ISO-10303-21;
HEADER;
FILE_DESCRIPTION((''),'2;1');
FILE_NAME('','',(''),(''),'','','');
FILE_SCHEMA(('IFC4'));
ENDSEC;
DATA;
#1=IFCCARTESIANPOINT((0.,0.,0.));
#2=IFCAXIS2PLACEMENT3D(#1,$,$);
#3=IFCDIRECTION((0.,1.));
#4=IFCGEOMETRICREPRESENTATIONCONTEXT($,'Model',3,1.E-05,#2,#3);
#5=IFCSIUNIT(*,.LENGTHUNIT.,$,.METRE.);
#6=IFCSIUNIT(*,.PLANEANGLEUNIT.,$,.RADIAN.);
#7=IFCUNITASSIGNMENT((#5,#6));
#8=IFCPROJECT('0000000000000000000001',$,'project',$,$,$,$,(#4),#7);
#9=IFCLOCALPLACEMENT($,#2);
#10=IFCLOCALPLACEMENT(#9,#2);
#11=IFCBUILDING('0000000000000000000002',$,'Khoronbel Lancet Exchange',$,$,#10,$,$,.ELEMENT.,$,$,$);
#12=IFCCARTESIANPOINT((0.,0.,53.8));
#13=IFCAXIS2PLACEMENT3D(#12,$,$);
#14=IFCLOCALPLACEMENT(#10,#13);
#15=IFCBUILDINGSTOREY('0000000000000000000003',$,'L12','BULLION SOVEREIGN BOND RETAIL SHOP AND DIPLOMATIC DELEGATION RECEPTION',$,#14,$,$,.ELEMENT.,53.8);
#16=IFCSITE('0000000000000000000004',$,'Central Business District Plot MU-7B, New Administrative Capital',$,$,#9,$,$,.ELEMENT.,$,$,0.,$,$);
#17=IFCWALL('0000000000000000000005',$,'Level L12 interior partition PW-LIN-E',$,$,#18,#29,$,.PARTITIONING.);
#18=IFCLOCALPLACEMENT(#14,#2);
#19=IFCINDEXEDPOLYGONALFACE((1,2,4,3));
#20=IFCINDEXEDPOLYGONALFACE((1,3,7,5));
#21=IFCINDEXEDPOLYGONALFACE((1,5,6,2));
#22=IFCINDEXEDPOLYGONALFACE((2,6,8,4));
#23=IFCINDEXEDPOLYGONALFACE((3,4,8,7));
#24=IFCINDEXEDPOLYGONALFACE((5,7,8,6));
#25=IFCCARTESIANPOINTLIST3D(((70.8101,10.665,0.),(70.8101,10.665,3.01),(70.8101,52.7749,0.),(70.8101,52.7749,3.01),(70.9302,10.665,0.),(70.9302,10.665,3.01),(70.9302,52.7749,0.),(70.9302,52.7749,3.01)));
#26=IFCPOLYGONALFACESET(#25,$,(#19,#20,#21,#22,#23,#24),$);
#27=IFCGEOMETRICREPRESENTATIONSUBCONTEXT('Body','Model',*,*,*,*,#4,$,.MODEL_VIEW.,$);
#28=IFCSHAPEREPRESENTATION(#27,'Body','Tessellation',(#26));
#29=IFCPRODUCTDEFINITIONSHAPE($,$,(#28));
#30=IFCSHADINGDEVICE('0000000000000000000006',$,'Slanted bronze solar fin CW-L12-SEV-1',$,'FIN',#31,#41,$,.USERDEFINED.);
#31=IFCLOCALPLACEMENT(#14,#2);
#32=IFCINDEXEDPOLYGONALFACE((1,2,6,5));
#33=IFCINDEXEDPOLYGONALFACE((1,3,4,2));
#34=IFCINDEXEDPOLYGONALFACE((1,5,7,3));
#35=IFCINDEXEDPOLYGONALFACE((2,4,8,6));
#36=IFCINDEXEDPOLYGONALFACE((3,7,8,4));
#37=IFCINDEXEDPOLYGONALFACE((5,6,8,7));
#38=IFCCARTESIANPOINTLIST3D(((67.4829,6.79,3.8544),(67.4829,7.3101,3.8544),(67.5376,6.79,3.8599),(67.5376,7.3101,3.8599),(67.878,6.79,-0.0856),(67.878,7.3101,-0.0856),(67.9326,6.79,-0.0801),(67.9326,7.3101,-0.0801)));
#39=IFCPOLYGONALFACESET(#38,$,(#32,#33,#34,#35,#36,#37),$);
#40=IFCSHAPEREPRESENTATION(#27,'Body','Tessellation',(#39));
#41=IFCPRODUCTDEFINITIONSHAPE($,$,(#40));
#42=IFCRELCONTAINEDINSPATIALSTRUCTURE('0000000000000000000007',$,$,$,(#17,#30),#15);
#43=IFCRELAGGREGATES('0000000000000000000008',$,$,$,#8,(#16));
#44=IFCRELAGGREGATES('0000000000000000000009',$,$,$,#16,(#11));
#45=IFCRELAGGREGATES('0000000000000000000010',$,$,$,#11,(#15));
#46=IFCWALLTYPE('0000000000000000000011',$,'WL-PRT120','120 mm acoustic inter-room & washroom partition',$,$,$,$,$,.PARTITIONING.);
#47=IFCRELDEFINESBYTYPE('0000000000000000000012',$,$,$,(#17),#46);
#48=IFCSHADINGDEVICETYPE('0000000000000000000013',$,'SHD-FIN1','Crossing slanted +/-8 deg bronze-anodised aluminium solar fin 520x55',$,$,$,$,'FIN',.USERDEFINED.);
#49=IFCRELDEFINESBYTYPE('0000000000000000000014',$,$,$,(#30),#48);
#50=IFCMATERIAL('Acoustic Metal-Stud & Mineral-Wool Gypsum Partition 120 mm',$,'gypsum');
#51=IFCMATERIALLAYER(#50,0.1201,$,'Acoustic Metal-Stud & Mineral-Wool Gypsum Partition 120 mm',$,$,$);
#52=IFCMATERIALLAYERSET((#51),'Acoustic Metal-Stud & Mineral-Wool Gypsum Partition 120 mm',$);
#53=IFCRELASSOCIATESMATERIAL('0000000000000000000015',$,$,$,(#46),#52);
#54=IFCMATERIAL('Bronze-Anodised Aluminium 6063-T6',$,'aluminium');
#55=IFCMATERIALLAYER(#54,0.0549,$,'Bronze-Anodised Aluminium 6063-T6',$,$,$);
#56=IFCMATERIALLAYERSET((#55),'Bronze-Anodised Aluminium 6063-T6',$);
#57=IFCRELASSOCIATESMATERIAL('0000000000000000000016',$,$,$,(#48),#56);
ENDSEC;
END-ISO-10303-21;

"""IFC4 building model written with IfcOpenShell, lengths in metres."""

from ifc_helpers import new_model, si_unit, direction, frame, frame_2d, origin, place, context, subcontext, project, spatial, polyline, rectangle, outline, extrude, material, layer, layer_set, type_object, element, save


model = new_model("IFC4")

# Units and contexts
model_context = context("Model", 3, precision=1e-05, world=origin(), true_north=direction((0.0, 1.0)))
body_context = subcontext(model_context, "Body", "Model", "MODEL_VIEW")
ifc_project = project(units=[si_unit("LENGTHUNIT", "METRE"), si_unit("PLANEANGLEUNIT", "RADIAN")], contexts=[model_context])

# Site, building, storey
site_placement = place(None, origin())
site = spatial("IfcSite", under=ifc_project, at=site_placement, Name="Central Business District Plot MU-7B, New Administrative Capital", CompositionType="ELEMENT", RefElevation=0.0)
building_placement = place(site_placement, origin())
building = spatial("IfcBuilding", under=site, at=building_placement, Name="Khoronbel Lancet Exchange", CompositionType="ELEMENT")
storey_placement = place(building_placement, frame((0.0, 0.0, 53.8)))
storey = spatial("IfcBuildingStorey", under=building, at=storey_placement, Name="L12", Description="BULLION SOVEREIGN BOND RETAIL SHOP AND DIPLOMATIC DELEGATION RECEPTION", CompositionType="ELEMENT", Elevation=53.8)

# Shared definitions
ifc_material_1 = material(Name="Bronze-Anodised Aluminium 6063-T6", Category="aluminium")

# Wall
ifc_material_2 = material(Name="Acoustic Metal-Stud & Mineral-Wool Gypsum Partition 120 mm", Category="gypsum")
ifc_layer_1 = layer(ifc_material_2, 0.1201, Name="Acoustic Metal-Stud & Mineral-Wool Gypsum Partition 120 mm")
ifc_layer_set_1 = layer_set([ifc_layer_1], Name="Acoustic Metal-Stud & Mineral-Wool Gypsum Partition 120 mm")
wall_type_1 = type_object("IfcWallType", Name="WL-PRT120", Description="120 mm acoustic inter-room & washroom partition", PredefinedType="PARTITIONING", material=ifc_layer_set_1)
wall_1_placement = place(storey_placement, frame((70.8701, 10.665, 0.0), z_axis=(0.0, 0.0, 1.0), x_axis=(0.0, 1.0, 0.0)))
element("IfcWall", 1, at=wall_1_placement, inside=storey, type_object=wall_type_1, Name="Level L12 interior partition PW-LIN-E", PredefinedType="PARTITIONING", context=body_context, shape_type="SweptSolid", body=[
    extrude(rectangle(XDim=42.1099, YDim=0.1201, at=frame_2d((21.0549, 0.0))), origin(), (0.0, 0.0, 1.0), 3.01),
])

# Shading device
ifc_layer_2 = layer(ifc_material_1, 0.0549, Name="Bronze-Anodised Aluminium 6063-T6")
ifc_layer_set_2 = layer_set([ifc_layer_2], Name="Bronze-Anodised Aluminium 6063-T6")
shading_device_type = type_object("IfcShadingDeviceType", Name="SHD-FIN1", Description="Crossing slanted +/-8 deg bronze-anodised aluminium solar fin 520x55", ElementType="FIN", PredefinedType="USERDEFINED", material=ifc_layer_set_2)
shading_device_placement = place(storey_placement, frame((67.9326, 7.3101, -0.0801), z_axis=(0.995012, 0.0, 0.09976), x_axis=(0.0, -1.0, 0.0)))
element("IfcShadingDevice", 2, at=shading_device_placement, inside=storey, type_object=shading_device_type, Name="Slanted bronze solar fin CW-L12-SEV-1", ObjectType="FIN", PredefinedType="USERDEFINED", context=body_context, shape_type="SweptSolid", body=[
    extrude(outline(polyline([(0.0, 0.0), (0.52, 0.0), (0.52, -3.9597), (0.0, -3.9597), (0.0, 0.0)])), origin(), (0.0, 0.0, -1.0), 0.0549),
])

save(model, "model.ifc")
